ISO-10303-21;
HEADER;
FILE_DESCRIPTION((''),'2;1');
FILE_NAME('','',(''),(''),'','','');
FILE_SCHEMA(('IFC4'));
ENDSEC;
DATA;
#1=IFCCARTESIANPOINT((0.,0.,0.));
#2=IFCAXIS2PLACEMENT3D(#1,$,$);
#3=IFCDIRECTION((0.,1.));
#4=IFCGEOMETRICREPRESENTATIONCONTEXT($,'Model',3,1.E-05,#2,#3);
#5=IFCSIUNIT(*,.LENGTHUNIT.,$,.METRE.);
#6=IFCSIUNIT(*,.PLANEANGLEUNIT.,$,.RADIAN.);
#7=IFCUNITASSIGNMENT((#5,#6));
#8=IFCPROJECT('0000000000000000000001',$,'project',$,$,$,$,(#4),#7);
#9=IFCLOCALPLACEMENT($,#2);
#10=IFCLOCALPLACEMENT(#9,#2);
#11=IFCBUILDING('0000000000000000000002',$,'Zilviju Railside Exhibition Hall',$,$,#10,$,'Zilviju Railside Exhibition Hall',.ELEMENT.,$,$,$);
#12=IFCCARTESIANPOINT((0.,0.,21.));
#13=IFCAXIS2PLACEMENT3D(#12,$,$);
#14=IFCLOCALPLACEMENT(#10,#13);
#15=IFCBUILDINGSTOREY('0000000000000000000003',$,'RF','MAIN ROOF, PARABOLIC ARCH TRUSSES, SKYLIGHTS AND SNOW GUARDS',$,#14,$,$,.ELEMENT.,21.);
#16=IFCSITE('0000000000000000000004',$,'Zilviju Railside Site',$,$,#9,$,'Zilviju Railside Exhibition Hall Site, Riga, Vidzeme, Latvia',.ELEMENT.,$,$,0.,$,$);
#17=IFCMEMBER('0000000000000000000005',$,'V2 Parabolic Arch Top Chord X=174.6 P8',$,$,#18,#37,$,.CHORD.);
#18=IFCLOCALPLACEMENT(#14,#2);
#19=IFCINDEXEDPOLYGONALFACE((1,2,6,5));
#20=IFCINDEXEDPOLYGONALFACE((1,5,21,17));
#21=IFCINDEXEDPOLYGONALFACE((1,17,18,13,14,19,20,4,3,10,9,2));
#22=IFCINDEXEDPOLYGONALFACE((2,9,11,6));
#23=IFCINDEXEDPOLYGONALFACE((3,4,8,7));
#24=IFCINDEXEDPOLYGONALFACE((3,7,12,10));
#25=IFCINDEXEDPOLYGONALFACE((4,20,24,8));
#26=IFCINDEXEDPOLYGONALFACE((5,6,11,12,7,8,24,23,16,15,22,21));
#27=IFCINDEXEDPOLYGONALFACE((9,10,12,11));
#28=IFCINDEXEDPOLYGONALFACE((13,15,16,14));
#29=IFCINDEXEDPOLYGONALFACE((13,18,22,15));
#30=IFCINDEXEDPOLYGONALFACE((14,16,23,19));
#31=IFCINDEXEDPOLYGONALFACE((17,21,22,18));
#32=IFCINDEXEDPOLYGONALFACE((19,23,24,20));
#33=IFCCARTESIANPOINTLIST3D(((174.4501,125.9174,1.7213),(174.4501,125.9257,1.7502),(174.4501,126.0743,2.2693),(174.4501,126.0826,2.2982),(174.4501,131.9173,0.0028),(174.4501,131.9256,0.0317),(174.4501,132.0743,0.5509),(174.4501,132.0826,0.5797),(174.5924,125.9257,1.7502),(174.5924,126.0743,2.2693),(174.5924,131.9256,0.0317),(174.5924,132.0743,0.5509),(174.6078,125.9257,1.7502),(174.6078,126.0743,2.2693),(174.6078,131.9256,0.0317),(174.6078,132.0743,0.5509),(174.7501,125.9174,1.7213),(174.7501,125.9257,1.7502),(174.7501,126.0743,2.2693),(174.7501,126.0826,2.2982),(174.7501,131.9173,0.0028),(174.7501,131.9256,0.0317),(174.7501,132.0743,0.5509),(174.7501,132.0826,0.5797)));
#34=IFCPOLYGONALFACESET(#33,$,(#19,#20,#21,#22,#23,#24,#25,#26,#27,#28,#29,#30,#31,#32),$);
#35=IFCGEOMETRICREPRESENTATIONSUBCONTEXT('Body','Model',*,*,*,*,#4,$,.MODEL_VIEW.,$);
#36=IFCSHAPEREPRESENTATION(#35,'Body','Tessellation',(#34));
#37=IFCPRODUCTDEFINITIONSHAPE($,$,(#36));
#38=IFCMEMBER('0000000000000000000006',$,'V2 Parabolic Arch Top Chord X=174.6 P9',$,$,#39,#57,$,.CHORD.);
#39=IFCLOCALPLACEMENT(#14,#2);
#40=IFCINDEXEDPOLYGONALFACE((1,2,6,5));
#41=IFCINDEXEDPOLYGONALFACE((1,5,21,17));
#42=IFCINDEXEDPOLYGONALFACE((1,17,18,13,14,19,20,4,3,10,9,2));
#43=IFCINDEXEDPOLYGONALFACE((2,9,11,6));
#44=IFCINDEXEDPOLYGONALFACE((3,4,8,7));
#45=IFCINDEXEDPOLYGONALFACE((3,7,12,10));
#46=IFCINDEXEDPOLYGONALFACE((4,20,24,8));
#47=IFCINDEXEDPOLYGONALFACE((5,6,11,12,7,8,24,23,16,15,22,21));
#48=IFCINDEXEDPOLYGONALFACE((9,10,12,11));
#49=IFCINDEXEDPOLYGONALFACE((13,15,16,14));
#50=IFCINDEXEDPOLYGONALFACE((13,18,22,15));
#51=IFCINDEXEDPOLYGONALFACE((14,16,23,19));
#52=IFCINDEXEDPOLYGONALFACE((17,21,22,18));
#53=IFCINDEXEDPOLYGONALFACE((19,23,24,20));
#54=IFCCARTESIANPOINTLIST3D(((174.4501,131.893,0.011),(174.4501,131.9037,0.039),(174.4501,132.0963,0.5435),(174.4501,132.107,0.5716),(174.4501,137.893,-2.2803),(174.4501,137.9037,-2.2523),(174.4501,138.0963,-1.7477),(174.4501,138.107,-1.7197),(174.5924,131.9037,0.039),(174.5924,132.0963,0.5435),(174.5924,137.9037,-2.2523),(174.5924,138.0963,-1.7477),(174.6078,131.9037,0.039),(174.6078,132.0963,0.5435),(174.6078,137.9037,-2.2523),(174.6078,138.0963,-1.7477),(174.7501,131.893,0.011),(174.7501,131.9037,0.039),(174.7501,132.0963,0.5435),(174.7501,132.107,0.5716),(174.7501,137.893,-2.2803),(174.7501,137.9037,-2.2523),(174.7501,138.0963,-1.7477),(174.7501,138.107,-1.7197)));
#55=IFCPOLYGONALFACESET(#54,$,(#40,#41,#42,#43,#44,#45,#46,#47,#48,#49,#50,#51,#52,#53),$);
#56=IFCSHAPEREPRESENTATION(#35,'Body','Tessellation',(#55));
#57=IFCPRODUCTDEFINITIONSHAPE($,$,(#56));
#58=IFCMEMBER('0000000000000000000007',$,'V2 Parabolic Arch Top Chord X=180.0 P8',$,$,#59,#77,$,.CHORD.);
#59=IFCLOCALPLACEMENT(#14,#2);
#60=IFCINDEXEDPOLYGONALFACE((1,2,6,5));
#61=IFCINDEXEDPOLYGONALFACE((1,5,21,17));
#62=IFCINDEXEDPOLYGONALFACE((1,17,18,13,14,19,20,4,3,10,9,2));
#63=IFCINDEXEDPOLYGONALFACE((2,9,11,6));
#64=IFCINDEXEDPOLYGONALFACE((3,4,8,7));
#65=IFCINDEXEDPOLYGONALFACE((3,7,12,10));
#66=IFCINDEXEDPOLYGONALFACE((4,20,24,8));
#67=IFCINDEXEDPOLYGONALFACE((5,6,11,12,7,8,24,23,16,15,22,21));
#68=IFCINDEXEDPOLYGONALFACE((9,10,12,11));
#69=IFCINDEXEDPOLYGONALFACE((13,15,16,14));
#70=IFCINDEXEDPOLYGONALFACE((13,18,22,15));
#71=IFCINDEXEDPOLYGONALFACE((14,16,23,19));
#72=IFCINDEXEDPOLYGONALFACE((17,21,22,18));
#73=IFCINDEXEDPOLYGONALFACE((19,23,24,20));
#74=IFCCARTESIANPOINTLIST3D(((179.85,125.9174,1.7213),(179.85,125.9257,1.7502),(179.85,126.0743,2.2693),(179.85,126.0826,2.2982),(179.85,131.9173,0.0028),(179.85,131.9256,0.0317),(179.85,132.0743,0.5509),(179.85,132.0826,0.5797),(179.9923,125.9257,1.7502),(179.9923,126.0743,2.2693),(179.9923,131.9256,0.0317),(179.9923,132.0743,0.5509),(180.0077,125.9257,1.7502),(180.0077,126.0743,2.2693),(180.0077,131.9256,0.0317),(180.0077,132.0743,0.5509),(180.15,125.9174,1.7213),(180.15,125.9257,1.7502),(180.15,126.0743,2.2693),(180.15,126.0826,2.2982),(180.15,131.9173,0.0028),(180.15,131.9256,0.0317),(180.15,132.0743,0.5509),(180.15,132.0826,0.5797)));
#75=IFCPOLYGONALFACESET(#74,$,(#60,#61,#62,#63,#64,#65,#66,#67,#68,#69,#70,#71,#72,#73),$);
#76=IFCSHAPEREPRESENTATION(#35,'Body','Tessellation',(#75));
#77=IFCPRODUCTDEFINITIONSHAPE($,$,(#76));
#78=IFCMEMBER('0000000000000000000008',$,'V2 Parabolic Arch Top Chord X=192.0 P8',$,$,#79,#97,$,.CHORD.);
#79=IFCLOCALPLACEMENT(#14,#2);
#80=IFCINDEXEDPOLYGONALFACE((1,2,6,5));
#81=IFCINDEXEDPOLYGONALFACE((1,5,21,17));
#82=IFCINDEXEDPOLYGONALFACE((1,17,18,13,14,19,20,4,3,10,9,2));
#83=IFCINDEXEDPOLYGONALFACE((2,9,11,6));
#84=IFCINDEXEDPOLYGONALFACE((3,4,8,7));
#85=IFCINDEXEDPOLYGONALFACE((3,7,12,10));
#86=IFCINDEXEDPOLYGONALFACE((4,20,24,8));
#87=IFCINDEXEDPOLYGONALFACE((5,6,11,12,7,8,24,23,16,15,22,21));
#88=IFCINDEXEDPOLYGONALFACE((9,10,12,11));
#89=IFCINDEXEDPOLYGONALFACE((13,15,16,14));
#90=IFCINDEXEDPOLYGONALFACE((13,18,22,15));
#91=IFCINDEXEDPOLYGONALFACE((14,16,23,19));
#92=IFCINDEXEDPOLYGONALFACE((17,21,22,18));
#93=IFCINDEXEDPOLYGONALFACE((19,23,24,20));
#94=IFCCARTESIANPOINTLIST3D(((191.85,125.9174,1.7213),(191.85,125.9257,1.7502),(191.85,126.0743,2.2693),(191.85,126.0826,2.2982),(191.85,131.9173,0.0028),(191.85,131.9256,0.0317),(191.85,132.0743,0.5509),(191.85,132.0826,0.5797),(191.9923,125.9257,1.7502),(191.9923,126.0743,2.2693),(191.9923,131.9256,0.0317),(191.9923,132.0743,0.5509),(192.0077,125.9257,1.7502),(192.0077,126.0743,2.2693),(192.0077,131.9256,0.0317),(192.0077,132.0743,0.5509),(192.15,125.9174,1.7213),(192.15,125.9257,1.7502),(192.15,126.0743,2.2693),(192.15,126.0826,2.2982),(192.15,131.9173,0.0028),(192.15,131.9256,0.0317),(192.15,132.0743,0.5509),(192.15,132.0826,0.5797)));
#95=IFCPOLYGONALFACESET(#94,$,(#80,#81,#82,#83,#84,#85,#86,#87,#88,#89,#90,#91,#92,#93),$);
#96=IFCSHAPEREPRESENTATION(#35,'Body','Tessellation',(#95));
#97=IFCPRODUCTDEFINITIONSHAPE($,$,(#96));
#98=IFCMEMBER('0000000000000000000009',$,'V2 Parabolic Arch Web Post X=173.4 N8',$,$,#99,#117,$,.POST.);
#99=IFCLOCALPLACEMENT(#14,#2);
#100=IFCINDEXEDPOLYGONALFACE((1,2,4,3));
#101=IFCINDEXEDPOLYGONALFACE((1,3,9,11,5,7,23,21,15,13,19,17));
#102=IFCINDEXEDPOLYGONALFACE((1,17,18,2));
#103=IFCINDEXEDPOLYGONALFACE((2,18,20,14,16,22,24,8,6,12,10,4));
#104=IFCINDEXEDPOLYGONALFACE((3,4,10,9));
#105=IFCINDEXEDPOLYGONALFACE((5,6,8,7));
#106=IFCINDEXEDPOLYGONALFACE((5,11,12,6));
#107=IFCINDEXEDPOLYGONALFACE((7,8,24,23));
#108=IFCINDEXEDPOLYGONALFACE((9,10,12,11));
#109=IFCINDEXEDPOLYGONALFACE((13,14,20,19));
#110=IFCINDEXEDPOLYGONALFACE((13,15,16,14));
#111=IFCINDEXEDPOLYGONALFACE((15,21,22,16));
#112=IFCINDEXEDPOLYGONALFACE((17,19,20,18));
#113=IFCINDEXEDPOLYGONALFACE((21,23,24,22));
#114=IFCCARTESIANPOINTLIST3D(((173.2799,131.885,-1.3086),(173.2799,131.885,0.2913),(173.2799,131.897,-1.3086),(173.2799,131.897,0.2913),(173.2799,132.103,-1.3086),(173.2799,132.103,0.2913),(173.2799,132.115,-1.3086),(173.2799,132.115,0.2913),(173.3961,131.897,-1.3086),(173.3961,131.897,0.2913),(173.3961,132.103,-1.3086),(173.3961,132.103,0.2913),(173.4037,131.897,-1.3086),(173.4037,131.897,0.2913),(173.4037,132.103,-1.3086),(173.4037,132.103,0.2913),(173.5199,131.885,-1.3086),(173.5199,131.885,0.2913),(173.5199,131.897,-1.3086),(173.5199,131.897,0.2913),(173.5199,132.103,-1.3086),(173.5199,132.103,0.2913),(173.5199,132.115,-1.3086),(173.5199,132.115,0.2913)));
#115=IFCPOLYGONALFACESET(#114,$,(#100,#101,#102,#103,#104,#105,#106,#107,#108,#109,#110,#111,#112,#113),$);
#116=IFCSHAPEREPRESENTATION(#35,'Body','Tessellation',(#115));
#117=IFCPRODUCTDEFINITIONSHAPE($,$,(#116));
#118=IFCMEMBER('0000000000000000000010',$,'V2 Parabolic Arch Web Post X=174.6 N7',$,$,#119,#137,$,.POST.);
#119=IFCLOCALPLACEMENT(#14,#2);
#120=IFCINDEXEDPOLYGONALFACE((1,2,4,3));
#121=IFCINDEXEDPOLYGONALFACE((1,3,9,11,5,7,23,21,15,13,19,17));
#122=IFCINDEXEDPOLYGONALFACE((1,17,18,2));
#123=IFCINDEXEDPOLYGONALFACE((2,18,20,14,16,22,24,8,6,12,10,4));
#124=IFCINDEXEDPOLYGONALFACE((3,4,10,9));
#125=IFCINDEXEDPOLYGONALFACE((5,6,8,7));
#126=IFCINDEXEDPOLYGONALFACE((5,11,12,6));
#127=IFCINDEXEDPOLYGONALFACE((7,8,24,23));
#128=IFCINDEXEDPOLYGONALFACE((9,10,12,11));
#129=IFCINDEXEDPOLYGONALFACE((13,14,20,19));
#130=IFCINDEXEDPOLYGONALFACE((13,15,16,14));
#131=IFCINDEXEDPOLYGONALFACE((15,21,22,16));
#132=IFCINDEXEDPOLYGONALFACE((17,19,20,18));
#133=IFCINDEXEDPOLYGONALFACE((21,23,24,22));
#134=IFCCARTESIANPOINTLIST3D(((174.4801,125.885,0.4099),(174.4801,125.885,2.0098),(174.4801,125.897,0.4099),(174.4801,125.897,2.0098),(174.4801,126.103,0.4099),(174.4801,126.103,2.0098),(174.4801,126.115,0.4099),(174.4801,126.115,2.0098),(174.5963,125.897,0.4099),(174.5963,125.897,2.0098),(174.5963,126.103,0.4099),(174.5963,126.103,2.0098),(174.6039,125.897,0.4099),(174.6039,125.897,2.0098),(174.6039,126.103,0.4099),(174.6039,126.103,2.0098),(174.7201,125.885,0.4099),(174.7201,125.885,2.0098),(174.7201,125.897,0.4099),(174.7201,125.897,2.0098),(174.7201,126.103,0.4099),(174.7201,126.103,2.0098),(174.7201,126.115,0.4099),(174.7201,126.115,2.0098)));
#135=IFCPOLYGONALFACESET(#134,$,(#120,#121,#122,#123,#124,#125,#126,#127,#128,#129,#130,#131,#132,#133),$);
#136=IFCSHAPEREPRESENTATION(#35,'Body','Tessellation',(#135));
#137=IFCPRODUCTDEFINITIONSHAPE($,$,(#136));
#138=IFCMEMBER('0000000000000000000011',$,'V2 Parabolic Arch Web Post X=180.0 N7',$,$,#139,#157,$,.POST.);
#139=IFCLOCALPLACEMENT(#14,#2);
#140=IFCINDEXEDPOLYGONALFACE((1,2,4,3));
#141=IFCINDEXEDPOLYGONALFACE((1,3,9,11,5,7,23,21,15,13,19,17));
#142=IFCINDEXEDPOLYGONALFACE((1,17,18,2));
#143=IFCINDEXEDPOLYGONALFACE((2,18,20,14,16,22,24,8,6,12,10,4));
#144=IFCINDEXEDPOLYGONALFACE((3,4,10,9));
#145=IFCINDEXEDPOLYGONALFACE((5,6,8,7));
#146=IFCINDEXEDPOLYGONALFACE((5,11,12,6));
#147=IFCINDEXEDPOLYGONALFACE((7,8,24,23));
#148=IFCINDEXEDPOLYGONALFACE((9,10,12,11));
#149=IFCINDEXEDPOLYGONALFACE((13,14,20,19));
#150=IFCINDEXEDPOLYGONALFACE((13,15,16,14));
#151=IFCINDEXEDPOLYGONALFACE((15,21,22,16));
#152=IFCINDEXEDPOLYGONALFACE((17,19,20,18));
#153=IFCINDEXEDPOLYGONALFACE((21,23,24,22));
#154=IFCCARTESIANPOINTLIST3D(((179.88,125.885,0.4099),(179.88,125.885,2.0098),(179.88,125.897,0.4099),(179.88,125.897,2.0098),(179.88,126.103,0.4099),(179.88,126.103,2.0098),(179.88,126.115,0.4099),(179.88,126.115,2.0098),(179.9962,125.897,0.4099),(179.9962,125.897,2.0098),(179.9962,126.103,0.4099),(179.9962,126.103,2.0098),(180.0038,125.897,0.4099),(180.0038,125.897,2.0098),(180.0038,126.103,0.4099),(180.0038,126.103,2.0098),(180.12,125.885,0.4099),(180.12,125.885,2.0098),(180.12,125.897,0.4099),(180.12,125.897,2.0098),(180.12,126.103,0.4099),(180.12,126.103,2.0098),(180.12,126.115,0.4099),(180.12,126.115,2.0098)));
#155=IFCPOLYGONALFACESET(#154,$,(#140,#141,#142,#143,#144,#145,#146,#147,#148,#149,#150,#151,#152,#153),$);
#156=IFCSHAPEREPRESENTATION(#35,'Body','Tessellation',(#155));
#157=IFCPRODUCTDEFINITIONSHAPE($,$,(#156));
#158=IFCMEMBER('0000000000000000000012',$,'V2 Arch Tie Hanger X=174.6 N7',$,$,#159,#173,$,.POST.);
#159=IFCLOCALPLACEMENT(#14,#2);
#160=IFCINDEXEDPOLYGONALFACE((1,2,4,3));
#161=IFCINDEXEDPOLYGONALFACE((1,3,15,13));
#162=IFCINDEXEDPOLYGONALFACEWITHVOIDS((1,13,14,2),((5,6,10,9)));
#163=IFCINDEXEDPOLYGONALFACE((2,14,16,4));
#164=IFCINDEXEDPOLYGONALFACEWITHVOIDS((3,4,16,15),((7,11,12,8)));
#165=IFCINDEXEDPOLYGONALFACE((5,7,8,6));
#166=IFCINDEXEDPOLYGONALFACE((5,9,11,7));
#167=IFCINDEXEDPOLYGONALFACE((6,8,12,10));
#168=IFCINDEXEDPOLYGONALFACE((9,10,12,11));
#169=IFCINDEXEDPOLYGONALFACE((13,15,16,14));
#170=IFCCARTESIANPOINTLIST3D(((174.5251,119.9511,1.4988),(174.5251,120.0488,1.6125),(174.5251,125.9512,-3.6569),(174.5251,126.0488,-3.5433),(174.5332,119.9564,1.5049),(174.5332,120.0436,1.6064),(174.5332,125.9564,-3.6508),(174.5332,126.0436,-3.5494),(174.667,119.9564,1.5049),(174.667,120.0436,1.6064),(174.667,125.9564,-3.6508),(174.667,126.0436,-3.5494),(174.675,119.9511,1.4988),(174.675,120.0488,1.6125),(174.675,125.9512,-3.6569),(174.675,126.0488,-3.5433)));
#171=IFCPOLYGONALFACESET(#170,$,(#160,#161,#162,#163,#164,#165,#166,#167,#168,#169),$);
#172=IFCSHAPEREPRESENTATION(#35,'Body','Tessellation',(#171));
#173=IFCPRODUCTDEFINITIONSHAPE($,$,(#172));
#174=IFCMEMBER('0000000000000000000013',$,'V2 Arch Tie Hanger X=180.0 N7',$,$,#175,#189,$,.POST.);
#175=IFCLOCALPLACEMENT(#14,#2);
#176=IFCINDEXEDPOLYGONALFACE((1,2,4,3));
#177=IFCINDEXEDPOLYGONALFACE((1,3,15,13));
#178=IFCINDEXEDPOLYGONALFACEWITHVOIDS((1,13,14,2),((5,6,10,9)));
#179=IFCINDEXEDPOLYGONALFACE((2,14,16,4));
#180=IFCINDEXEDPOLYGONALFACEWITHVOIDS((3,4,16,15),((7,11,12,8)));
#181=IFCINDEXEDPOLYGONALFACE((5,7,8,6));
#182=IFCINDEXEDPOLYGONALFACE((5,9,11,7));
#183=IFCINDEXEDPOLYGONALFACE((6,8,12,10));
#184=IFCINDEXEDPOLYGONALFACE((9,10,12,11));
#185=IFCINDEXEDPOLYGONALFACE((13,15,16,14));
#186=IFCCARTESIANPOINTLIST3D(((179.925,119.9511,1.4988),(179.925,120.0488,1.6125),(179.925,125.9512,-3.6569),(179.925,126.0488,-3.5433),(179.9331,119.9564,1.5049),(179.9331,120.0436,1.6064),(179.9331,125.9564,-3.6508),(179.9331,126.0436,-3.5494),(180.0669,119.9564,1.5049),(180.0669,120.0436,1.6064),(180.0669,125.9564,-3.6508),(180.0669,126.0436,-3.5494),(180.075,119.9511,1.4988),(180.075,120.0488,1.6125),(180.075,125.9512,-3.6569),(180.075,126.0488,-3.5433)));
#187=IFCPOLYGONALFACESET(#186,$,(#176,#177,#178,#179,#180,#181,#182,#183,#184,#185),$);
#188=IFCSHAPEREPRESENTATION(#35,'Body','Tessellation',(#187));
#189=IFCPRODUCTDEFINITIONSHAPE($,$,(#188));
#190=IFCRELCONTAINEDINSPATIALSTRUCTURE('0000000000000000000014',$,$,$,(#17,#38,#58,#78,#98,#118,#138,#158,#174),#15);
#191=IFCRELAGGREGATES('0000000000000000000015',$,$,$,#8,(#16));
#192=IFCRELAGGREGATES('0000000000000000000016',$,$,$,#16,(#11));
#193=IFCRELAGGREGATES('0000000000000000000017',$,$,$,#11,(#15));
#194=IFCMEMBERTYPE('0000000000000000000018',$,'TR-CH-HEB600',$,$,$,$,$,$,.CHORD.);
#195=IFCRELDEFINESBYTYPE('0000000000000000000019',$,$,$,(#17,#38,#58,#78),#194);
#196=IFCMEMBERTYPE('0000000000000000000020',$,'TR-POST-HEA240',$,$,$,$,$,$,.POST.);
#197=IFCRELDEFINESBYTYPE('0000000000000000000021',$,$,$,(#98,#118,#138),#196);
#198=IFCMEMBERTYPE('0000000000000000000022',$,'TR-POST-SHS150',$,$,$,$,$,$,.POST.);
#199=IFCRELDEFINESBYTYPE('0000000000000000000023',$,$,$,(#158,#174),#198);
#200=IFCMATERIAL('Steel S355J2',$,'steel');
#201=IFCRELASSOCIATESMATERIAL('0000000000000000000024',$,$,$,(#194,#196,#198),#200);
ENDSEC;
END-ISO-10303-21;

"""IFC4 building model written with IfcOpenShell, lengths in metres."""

from ifc_helpers import new_model, si_unit, direction, frame, origin, origin_2d, place, context, subcontext, project, spatial, hollow_rectangle, i_section, extrude, material, material_profile, profile_set, type_object, element, save


model = new_model("IFC4")

# Units and contexts
model_context = context("Model", 3, precision=1e-05, world=origin(), true_north=direction((0.0, 1.0)))
body_context = subcontext(model_context, "Body", "Model", "MODEL_VIEW")
ifc_project = project(units=[si_unit("LENGTHUNIT", "METRE"), si_unit("PLANEANGLEUNIT", "RADIAN")], contexts=[model_context])

# Site, building, storey
site_placement = place(None, origin())
site = spatial("IfcSite", under=ifc_project, at=site_placement, Name="Zilviju Railside Site", LongName="Zilviju Railside Exhibition Hall Site, Riga, Vidzeme, Latvia", CompositionType="ELEMENT", RefElevation=0.0)
building_placement = place(site_placement, origin())
building = spatial("IfcBuilding", under=site, at=building_placement, Name="Zilviju Railside Exhibition Hall", LongName="Zilviju Railside Exhibition Hall", CompositionType="ELEMENT")
storey_placement = place(building_placement, frame((0.0, 0.0, 21.0)))
storey = spatial("IfcBuildingStorey", under=building, at=storey_placement, Name="RF", Description="MAIN ROOF, PARABOLIC ARCH TRUSSES, SKYLIGHTS AND SNOW GUARDS", CompositionType="ELEMENT", Elevation=21.0)

# Members
ifc_material_1 = material(Name="Steel S355J2", Category="steel")
ifc_material_profile_1 = material_profile(ifc_material_1, i_section(OverallWidth=0.3, OverallDepth=0.6001, WebThickness=0.0154, FlangeThickness=0.03, at=origin_2d()), Name="HEB 600")
ifc_profile_set_1 = profile_set([ifc_material_profile_1], Name="Steel S355J2")
member_type_1 = type_object("IfcMemberType", Name="TR-CH-HEB600", PredefinedType="CHORD", material=ifc_profile_set_1)
member_1_placement = place(storey_placement, frame((174.6001, 126.0, 2.0098), z_axis=(0.0, 0.961345, -0.275346), x_axis=(-1.0, 0.0, 0.0)))
element("IfcMember", 1, at=member_1_placement, inside=storey, type_object=member_type_1, Name="V2 Parabolic Arch Top Chord X=174.6 P8", PredefinedType="CHORD", context=body_context, shape_type="SweptSolid", body=[
    extrude(i_section(OverallWidth=0.3, OverallDepth=0.6001, WebThickness=0.0154, FlangeThickness=0.03, at=origin_2d()), origin(), (0.0, 0.0, 1.0), 6.2412),
])
member_2_placement = place(storey_placement, frame((174.6001, 132.0, 0.2913), z_axis=(0.0, 0.9342, -0.356749), x_axis=(-1.0, 0.0, 0.0)))
element("IfcMember", 2, at=member_2_placement, inside=storey, type_object=member_type_1, Name="V2 Parabolic Arch Top Chord X=174.6 P9", PredefinedType="CHORD", context=body_context, shape_type="SweptSolid", body=[
    extrude(i_section(OverallWidth=0.3, OverallDepth=0.6001, WebThickness=0.0154, FlangeThickness=0.03, at=origin_2d()), origin(), (0.0, 0.0, 1.0), 6.4226),
])
for number, where, z_axis, x_axis, name in (
    (3, (180.0, 126.0, 2.0098), (0.0, 0.961345, -0.275346), (-1.0, 0.0, 0.0), "V2 Parabolic Arch Top Chord X=180.0 P8"),
    (4, (192.0, 126.0, 2.0098), (0.0, 0.961345, -0.275346), (-1.0, 0.0, 0.0), "V2 Parabolic Arch Top Chord X=192.0 P8"),
):
    element("IfcMember", number, at=place(storey_placement, frame(where, z_axis=z_axis, x_axis=x_axis)), inside=storey, type_object=member_type_1, Name=name, PredefinedType="CHORD", context=body_context, shape_type="SweptSolid", body=[
        extrude(i_section(OverallWidth=0.3, OverallDepth=0.6001, WebThickness=0.0154, FlangeThickness=0.03, at=origin_2d()), origin(), (0.0, 0.0, 1.0), 6.2412),
    ])
ifc_material_profile_2 = material_profile(ifc_material_1, i_section(OverallWidth=0.24, OverallDepth=0.23, WebThickness=0.0076, FlangeThickness=0.012, at=origin_2d()), Name="HEA 240")
ifc_profile_set_2 = profile_set([ifc_material_profile_2], Name="Steel S355J2")
member_type_2 = type_object("IfcMemberType", Name="TR-POST-HEA240", PredefinedType="POST", material=ifc_profile_set_2)
for number, where, z_axis, x_axis, name in (
    (5, (173.3999, 132.0, -1.3086), (0.0, 0.0, 1.0), (1.0, 0.0, 0.0), "V2 Parabolic Arch Web Post X=173.4 N8"),
    (6, (174.6001, 126.0, 0.4099), (0.0, 0.0, 1.0), (1.0, 0.0, 0.0), "V2 Parabolic Arch Web Post X=174.6 N7"),
    (7, (180.0, 126.0, 0.4099), (0.0, 0.0, 1.0), (1.0, 0.0, 0.0), "V2 Parabolic Arch Web Post X=180.0 N7"),
):
    element("IfcMember", number, at=place(storey_placement, frame(where, z_axis=z_axis, x_axis=x_axis)), inside=storey, type_object=member_type_2, Name=name, PredefinedType="POST", context=body_context, shape_type="SweptSolid", body=[
        extrude(i_section(OverallWidth=0.24, OverallDepth=0.23, WebThickness=0.0076, FlangeThickness=0.012, at=origin_2d()), origin(), (0.0, 0.0, 1.0), 1.5999),
    ])
ifc_material_profile_3 = material_profile(ifc_material_1, hollow_rectangle(XDim=0.1499, YDim=0.1499, WallThickness=0.0081, at=origin_2d()), Name="SHS 150x150x8.0")
ifc_profile_set_3 = profile_set([ifc_material_profile_3], Name="Steel S355J2")
member_type_3 = type_object("IfcMemberType", Name="TR-POST-SHS150", PredefinedType="POST", material=ifc_profile_set_3)
for number, where, z_axis, x_axis, name in (
    (8, (174.6001, 126.0, -3.6001), (0.0, -0.75845, 0.651731), (1.0, 0.0, 0.0), "V2 Arch Tie Hanger X=174.6 N7"),
    (9, (180.0, 126.0, -3.6001), (0.0, -0.75845, 0.651731), (1.0, 0.0, 0.0), "V2 Arch Tie Hanger X=180.0 N7"),
):
    element("IfcMember", number, at=place(storey_placement, frame(where, z_axis=z_axis, x_axis=x_axis)), inside=storey, type_object=member_type_3, Name=name, PredefinedType="POST", context=body_context, shape_type="SweptSolid", body=[
        extrude(hollow_rectangle(XDim=0.1499, YDim=0.1499, WallThickness=0.0081, at=origin_2d()), origin(), (0.0, 0.0, 1.0), 7.9109),
    ])

save(model, "model.ifc")
